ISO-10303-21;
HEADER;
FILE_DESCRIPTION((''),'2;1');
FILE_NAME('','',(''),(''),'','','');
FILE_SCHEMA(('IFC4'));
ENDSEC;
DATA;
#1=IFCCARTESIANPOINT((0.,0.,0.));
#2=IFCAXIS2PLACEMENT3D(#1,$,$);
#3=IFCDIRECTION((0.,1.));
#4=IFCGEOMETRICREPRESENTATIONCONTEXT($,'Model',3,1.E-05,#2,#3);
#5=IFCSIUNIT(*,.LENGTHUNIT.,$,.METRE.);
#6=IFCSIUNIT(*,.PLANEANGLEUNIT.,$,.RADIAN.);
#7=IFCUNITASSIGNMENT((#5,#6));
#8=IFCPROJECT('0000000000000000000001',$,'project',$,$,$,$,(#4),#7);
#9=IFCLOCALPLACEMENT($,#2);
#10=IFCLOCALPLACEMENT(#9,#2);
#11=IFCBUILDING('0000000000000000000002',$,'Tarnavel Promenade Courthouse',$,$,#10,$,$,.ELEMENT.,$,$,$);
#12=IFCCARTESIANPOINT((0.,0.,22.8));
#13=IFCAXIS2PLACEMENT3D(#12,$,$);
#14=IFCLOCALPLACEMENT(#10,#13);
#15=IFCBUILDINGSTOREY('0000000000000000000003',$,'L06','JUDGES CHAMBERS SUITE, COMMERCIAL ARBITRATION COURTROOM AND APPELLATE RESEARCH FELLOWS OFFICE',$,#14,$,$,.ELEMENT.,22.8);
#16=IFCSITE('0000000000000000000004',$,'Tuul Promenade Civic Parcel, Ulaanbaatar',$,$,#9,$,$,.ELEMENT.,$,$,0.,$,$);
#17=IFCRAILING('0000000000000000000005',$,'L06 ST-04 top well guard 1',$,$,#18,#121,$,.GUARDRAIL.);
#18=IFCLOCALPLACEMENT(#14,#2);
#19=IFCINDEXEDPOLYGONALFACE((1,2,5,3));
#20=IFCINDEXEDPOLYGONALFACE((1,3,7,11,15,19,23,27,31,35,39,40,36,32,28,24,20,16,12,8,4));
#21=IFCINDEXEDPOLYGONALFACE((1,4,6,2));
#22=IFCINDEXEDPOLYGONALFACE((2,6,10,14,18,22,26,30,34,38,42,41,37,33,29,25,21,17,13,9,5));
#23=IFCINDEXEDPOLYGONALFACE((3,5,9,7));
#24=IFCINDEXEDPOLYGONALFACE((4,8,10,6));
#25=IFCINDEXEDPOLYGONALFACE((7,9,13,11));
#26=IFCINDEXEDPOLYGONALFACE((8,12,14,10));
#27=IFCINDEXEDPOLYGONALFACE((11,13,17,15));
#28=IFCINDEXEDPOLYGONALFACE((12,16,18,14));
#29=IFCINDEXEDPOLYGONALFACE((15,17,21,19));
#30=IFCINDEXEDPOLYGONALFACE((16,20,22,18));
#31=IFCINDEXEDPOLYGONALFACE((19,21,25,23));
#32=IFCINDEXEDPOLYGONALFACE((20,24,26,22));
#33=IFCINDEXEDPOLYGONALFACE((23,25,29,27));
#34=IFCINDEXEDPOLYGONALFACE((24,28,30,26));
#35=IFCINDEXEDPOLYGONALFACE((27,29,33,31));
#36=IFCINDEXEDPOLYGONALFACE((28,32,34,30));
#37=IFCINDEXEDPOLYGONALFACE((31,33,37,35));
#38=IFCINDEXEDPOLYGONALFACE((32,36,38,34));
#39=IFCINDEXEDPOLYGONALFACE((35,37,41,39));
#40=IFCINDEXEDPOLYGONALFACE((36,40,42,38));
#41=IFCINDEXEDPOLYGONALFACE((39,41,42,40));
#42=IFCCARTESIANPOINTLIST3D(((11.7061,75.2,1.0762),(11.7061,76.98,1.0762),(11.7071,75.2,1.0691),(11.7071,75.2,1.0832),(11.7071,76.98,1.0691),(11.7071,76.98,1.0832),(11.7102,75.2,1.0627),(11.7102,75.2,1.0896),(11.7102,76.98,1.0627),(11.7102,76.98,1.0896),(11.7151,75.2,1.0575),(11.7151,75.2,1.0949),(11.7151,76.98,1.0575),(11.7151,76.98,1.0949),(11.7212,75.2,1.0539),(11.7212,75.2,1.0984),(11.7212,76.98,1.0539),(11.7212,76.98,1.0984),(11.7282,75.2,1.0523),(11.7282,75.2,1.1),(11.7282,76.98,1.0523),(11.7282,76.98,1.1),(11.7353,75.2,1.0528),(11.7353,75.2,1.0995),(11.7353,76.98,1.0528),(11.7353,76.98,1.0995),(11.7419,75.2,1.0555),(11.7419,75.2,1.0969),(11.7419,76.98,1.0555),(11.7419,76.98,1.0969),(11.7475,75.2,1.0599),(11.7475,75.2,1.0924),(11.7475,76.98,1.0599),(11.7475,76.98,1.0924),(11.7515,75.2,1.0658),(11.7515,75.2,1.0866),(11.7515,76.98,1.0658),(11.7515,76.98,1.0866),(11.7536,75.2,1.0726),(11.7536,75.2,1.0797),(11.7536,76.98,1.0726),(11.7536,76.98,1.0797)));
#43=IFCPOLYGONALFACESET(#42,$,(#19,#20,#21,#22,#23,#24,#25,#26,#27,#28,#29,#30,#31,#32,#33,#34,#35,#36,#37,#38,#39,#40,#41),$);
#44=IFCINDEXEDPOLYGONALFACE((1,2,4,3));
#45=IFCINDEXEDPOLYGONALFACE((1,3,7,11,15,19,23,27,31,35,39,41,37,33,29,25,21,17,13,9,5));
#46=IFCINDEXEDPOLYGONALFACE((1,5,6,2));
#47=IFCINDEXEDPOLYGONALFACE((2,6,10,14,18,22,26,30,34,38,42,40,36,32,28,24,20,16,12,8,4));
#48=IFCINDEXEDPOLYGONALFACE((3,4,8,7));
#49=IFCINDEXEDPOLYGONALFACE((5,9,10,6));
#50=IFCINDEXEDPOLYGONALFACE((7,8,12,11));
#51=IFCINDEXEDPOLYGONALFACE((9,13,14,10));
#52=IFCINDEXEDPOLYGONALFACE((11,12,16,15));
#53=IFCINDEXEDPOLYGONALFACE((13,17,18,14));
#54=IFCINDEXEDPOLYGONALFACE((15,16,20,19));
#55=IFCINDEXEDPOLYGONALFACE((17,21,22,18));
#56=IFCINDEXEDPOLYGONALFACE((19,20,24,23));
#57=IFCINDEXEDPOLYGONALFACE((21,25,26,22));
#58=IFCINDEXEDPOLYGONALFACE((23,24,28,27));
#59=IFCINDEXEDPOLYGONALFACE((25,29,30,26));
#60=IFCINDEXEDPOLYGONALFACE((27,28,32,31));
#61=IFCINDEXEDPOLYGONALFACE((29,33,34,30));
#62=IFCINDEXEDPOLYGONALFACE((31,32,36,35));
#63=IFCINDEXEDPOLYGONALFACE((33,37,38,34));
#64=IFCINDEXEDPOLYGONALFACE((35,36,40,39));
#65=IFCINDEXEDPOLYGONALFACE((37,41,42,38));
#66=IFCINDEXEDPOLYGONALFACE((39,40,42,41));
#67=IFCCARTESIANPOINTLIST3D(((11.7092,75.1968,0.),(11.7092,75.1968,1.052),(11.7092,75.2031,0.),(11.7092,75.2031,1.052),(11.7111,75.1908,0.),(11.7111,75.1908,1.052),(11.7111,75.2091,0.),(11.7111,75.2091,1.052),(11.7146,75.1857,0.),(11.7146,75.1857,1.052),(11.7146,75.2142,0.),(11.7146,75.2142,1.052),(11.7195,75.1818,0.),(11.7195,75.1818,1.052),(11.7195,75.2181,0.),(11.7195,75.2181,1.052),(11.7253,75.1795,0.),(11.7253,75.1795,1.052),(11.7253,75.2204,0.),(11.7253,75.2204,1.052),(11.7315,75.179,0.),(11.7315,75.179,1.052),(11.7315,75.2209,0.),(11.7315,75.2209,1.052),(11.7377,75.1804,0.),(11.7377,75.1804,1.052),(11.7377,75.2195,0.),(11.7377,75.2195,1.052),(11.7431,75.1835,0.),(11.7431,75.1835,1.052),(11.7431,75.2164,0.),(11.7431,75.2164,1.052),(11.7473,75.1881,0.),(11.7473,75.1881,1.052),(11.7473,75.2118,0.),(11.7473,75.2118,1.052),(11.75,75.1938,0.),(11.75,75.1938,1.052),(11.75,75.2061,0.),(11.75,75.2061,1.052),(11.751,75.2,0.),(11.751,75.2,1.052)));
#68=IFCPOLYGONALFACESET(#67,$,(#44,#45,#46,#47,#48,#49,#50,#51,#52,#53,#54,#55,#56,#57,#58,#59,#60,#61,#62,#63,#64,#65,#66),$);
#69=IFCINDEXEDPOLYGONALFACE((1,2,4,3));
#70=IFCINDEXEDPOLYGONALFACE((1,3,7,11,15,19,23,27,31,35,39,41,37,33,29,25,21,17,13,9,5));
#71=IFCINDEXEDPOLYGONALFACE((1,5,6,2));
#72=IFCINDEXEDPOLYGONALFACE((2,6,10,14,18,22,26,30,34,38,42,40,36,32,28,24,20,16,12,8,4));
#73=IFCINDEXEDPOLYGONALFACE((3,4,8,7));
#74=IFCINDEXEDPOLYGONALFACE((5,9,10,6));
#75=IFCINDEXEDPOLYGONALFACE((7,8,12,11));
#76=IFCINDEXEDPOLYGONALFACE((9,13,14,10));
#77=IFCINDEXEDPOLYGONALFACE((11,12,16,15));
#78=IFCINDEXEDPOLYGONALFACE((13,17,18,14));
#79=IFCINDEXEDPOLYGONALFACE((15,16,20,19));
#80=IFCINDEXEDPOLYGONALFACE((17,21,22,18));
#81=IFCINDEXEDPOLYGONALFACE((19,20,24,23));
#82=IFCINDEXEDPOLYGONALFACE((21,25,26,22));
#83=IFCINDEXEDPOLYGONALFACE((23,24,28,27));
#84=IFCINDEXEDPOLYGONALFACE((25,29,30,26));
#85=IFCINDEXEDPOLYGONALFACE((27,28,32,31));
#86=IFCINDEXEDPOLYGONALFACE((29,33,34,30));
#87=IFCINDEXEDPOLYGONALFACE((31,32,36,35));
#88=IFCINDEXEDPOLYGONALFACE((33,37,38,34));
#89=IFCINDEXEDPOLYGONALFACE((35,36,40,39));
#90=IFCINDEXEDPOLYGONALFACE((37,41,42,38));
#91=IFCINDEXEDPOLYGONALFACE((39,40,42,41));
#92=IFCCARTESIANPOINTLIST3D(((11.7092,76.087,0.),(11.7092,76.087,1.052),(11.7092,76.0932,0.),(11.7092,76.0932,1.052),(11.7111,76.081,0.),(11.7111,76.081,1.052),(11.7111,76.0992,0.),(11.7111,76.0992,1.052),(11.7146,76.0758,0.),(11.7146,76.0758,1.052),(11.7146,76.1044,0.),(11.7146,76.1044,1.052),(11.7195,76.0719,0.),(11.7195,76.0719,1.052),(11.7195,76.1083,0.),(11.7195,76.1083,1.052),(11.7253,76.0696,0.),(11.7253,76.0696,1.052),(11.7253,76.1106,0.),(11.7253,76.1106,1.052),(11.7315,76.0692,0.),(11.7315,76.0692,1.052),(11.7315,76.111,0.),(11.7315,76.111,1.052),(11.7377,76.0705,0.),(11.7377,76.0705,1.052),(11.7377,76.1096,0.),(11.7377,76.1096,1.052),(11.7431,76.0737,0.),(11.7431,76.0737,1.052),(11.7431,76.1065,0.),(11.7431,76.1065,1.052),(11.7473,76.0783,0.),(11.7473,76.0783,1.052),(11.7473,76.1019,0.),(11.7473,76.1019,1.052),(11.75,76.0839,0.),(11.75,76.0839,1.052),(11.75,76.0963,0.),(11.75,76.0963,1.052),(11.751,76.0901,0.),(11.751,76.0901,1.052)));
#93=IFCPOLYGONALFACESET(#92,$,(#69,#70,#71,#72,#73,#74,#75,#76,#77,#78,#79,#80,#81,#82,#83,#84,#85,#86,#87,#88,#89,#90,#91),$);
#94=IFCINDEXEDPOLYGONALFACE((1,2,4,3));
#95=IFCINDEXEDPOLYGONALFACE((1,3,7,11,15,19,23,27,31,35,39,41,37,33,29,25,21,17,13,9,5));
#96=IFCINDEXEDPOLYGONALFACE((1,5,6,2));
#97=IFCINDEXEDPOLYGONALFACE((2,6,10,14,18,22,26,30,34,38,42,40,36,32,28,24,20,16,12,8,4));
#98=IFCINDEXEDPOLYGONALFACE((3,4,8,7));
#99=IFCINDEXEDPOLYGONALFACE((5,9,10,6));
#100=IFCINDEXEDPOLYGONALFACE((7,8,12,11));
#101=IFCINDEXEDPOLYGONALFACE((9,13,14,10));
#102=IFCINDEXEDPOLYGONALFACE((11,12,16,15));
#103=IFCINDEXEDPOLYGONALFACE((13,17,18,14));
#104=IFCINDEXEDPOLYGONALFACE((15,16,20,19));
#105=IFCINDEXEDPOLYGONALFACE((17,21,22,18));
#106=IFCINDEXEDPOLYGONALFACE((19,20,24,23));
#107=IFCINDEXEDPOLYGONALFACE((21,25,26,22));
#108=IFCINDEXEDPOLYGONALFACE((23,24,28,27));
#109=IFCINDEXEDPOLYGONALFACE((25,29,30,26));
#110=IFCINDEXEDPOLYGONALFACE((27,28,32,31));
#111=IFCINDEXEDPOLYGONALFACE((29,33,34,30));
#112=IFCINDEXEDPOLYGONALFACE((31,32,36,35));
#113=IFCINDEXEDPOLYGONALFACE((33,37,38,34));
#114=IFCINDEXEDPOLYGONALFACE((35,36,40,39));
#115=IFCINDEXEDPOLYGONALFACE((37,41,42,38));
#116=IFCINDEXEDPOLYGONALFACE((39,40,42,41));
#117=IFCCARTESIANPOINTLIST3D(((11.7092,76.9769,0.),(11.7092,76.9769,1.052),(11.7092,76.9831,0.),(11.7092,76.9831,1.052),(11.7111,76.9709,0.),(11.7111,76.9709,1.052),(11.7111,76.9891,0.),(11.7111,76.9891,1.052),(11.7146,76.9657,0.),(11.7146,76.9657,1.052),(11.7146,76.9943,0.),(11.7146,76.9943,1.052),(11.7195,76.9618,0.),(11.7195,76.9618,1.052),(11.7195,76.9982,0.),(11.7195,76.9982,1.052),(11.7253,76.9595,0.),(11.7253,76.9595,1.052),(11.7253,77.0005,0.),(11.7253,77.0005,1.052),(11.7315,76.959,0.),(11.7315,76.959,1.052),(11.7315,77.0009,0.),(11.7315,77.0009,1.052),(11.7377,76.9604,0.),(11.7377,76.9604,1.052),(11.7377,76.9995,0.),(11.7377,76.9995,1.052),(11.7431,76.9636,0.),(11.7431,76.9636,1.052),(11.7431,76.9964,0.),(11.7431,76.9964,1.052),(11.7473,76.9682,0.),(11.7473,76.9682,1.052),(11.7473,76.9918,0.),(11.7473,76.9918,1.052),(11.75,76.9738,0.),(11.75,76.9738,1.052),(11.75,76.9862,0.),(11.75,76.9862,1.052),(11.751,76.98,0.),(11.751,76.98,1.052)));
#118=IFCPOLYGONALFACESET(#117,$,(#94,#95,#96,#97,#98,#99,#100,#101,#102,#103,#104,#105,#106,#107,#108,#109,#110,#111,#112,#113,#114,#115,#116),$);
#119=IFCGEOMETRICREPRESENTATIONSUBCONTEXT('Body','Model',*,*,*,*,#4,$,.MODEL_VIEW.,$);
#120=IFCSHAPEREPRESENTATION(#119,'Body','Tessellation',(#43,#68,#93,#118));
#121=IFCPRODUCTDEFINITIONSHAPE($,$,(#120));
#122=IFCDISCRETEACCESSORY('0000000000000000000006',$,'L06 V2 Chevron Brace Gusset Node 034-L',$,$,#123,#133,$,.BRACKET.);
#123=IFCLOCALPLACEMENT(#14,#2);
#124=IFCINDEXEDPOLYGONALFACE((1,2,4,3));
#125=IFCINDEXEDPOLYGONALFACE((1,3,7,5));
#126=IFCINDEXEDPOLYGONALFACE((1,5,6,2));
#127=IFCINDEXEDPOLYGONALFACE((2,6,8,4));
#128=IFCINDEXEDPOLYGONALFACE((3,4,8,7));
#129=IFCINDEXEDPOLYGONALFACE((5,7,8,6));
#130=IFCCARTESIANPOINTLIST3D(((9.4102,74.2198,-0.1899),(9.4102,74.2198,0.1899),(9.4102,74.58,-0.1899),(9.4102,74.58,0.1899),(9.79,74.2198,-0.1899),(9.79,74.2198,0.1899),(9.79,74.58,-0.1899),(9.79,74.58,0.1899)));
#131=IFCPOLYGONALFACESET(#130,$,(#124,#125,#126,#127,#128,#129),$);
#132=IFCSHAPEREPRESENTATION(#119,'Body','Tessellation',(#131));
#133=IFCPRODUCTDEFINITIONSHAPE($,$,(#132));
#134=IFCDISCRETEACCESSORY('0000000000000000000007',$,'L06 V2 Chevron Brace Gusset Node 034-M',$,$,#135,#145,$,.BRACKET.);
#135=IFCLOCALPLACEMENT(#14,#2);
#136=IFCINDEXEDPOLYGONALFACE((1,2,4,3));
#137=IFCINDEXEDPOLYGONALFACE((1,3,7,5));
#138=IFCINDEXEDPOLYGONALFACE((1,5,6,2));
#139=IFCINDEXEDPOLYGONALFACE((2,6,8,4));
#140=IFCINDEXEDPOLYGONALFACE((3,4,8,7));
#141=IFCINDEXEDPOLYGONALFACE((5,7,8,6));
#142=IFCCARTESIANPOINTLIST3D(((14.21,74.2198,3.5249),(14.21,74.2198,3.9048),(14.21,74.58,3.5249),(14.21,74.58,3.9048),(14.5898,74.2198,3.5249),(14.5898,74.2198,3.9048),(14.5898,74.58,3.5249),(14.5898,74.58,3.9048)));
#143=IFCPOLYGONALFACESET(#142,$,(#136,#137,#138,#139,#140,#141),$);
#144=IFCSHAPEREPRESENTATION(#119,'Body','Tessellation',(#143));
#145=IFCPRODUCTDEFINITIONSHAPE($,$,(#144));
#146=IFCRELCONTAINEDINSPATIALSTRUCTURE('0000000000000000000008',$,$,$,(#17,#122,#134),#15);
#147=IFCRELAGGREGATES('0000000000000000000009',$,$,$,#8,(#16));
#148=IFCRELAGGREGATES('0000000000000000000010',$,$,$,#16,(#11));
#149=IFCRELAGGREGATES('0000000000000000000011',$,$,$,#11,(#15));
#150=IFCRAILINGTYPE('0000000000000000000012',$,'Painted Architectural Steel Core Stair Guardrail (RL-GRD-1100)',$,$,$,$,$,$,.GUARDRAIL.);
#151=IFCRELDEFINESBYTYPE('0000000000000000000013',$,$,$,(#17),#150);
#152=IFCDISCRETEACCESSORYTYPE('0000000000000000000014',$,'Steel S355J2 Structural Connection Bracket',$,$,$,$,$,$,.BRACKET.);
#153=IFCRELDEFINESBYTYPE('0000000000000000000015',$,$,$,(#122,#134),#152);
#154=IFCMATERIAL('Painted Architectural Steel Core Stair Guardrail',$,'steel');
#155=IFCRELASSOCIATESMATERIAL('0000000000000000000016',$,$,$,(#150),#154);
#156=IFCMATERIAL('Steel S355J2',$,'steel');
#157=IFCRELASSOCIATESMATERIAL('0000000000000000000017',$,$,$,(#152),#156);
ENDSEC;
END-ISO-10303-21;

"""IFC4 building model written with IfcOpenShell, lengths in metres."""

from ifc_helpers import new_model, si_unit, direction, frame, origin, origin_2d, place, context, subcontext, project, spatial, rectangle, circle, extrude, material, type_object, element, save


model = new_model("IFC4")

# Units and contexts
model_context = context("Model", 3, precision=1e-05, world=origin(), true_north=direction((0.0, 1.0)))
body_context = subcontext(model_context, "Body", "Model", "MODEL_VIEW")
ifc_project = project(units=[si_unit("LENGTHUNIT", "METRE"), si_unit("PLANEANGLEUNIT", "RADIAN")], contexts=[model_context])

# Site, building, storey
site_placement = place(None, origin())
site = spatial("IfcSite", under=ifc_project, at=site_placement, Name="Tuul Promenade Civic Parcel, Ulaanbaatar", CompositionType="ELEMENT", RefElevation=0.0)
building_placement = place(site_placement, origin())
building = spatial("IfcBuilding", under=site, at=building_placement, Name="Tarnavel Promenade Courthouse", CompositionType="ELEMENT")
storey_placement = place(building_placement, frame((0.0, 0.0, 22.8)))
storey = spatial("IfcBuildingStorey", under=building, at=storey_placement, Name="L06", Description="JUDGES CHAMBERS SUITE, COMMERCIAL ARBITRATION COURTROOM AND APPELLATE RESEARCH FELLOWS OFFICE", CompositionType="ELEMENT", Elevation=22.8)

# Shared definitions
ifc_material_1 = material(Name="Steel S355J2", Category="steel")

# Railing
ifc_material_2 = material(Name="Painted Architectural Steel Core Stair Guardrail", Category="steel")
railing_type = type_object("IfcRailingType", Name="Painted Architectural Steel Core Stair Guardrail (RL-GRD-1100)", PredefinedType="GUARDRAIL", material=ifc_material_2)
railing_placement = place(storey_placement, frame((11.73, 75.2, 0.0)))
element("IfcRailing", 1, at=railing_placement, inside=storey, type_object=railing_type, Name="L06 ST-04 top well guard 1", PredefinedType="GUARDRAIL", context=body_context, shape_type="SweptSolid", body=[
    extrude(circle(Radius=0.0239, at=origin_2d()), frame((0.0, 0.0, 1.0762), z_axis=(0.0, 1.0, 0.0), x_axis=(-1.0, 0.0, 0.0)), (0.0, 0.0, 1.0), 1.78),
    extrude(circle(Radius=0.021, at=origin_2d()), origin(), (0.0, 0.0, 1.0), 1.052),
    extrude(circle(Radius=0.021, at=origin_2d()), frame((0.0, 0.8901, 0.0)), (0.0, 0.0, 1.0), 1.052),
    extrude(circle(Radius=0.021, at=origin_2d()), frame((0.0, 1.78, 0.0)), (0.0, 0.0, 1.0), 1.052),
])

# Discrete accessories
discrete_accessory_type = type_object("IfcDiscreteAccessoryType", Name="Steel S355J2 Structural Connection Bracket", PredefinedType="BRACKET", material=ifc_material_1)
for number, where, z_axis, x_axis, name in (
    (2, (9.6001, 74.3999, -0.1899), (0.0, 0.0, 1.0), (1.0, 0.0, 0.0), "L06 V2 Chevron Brace Gusset Node 034-L"),
    (3, (14.3999, 74.3999, 3.5249), (0.0, 0.0, 1.0), (1.0, 0.0, 0.0), "L06 V2 Chevron Brace Gusset Node 034-M"),
):
    element("IfcDiscreteAccessory", number, at=place(storey_placement, frame(where, z_axis=z_axis, x_axis=x_axis)), inside=storey, type_object=discrete_accessory_type, Name=name, PredefinedType="BRACKET", context=body_context, shape_type="SweptSolid", body=[
        extrude(rectangle(XDim=0.3799, YDim=0.3601, at=origin_2d()), origin(), (0.0, 0.0, 1.0), 0.3799),
    ])

save(model, "model.ifc")
